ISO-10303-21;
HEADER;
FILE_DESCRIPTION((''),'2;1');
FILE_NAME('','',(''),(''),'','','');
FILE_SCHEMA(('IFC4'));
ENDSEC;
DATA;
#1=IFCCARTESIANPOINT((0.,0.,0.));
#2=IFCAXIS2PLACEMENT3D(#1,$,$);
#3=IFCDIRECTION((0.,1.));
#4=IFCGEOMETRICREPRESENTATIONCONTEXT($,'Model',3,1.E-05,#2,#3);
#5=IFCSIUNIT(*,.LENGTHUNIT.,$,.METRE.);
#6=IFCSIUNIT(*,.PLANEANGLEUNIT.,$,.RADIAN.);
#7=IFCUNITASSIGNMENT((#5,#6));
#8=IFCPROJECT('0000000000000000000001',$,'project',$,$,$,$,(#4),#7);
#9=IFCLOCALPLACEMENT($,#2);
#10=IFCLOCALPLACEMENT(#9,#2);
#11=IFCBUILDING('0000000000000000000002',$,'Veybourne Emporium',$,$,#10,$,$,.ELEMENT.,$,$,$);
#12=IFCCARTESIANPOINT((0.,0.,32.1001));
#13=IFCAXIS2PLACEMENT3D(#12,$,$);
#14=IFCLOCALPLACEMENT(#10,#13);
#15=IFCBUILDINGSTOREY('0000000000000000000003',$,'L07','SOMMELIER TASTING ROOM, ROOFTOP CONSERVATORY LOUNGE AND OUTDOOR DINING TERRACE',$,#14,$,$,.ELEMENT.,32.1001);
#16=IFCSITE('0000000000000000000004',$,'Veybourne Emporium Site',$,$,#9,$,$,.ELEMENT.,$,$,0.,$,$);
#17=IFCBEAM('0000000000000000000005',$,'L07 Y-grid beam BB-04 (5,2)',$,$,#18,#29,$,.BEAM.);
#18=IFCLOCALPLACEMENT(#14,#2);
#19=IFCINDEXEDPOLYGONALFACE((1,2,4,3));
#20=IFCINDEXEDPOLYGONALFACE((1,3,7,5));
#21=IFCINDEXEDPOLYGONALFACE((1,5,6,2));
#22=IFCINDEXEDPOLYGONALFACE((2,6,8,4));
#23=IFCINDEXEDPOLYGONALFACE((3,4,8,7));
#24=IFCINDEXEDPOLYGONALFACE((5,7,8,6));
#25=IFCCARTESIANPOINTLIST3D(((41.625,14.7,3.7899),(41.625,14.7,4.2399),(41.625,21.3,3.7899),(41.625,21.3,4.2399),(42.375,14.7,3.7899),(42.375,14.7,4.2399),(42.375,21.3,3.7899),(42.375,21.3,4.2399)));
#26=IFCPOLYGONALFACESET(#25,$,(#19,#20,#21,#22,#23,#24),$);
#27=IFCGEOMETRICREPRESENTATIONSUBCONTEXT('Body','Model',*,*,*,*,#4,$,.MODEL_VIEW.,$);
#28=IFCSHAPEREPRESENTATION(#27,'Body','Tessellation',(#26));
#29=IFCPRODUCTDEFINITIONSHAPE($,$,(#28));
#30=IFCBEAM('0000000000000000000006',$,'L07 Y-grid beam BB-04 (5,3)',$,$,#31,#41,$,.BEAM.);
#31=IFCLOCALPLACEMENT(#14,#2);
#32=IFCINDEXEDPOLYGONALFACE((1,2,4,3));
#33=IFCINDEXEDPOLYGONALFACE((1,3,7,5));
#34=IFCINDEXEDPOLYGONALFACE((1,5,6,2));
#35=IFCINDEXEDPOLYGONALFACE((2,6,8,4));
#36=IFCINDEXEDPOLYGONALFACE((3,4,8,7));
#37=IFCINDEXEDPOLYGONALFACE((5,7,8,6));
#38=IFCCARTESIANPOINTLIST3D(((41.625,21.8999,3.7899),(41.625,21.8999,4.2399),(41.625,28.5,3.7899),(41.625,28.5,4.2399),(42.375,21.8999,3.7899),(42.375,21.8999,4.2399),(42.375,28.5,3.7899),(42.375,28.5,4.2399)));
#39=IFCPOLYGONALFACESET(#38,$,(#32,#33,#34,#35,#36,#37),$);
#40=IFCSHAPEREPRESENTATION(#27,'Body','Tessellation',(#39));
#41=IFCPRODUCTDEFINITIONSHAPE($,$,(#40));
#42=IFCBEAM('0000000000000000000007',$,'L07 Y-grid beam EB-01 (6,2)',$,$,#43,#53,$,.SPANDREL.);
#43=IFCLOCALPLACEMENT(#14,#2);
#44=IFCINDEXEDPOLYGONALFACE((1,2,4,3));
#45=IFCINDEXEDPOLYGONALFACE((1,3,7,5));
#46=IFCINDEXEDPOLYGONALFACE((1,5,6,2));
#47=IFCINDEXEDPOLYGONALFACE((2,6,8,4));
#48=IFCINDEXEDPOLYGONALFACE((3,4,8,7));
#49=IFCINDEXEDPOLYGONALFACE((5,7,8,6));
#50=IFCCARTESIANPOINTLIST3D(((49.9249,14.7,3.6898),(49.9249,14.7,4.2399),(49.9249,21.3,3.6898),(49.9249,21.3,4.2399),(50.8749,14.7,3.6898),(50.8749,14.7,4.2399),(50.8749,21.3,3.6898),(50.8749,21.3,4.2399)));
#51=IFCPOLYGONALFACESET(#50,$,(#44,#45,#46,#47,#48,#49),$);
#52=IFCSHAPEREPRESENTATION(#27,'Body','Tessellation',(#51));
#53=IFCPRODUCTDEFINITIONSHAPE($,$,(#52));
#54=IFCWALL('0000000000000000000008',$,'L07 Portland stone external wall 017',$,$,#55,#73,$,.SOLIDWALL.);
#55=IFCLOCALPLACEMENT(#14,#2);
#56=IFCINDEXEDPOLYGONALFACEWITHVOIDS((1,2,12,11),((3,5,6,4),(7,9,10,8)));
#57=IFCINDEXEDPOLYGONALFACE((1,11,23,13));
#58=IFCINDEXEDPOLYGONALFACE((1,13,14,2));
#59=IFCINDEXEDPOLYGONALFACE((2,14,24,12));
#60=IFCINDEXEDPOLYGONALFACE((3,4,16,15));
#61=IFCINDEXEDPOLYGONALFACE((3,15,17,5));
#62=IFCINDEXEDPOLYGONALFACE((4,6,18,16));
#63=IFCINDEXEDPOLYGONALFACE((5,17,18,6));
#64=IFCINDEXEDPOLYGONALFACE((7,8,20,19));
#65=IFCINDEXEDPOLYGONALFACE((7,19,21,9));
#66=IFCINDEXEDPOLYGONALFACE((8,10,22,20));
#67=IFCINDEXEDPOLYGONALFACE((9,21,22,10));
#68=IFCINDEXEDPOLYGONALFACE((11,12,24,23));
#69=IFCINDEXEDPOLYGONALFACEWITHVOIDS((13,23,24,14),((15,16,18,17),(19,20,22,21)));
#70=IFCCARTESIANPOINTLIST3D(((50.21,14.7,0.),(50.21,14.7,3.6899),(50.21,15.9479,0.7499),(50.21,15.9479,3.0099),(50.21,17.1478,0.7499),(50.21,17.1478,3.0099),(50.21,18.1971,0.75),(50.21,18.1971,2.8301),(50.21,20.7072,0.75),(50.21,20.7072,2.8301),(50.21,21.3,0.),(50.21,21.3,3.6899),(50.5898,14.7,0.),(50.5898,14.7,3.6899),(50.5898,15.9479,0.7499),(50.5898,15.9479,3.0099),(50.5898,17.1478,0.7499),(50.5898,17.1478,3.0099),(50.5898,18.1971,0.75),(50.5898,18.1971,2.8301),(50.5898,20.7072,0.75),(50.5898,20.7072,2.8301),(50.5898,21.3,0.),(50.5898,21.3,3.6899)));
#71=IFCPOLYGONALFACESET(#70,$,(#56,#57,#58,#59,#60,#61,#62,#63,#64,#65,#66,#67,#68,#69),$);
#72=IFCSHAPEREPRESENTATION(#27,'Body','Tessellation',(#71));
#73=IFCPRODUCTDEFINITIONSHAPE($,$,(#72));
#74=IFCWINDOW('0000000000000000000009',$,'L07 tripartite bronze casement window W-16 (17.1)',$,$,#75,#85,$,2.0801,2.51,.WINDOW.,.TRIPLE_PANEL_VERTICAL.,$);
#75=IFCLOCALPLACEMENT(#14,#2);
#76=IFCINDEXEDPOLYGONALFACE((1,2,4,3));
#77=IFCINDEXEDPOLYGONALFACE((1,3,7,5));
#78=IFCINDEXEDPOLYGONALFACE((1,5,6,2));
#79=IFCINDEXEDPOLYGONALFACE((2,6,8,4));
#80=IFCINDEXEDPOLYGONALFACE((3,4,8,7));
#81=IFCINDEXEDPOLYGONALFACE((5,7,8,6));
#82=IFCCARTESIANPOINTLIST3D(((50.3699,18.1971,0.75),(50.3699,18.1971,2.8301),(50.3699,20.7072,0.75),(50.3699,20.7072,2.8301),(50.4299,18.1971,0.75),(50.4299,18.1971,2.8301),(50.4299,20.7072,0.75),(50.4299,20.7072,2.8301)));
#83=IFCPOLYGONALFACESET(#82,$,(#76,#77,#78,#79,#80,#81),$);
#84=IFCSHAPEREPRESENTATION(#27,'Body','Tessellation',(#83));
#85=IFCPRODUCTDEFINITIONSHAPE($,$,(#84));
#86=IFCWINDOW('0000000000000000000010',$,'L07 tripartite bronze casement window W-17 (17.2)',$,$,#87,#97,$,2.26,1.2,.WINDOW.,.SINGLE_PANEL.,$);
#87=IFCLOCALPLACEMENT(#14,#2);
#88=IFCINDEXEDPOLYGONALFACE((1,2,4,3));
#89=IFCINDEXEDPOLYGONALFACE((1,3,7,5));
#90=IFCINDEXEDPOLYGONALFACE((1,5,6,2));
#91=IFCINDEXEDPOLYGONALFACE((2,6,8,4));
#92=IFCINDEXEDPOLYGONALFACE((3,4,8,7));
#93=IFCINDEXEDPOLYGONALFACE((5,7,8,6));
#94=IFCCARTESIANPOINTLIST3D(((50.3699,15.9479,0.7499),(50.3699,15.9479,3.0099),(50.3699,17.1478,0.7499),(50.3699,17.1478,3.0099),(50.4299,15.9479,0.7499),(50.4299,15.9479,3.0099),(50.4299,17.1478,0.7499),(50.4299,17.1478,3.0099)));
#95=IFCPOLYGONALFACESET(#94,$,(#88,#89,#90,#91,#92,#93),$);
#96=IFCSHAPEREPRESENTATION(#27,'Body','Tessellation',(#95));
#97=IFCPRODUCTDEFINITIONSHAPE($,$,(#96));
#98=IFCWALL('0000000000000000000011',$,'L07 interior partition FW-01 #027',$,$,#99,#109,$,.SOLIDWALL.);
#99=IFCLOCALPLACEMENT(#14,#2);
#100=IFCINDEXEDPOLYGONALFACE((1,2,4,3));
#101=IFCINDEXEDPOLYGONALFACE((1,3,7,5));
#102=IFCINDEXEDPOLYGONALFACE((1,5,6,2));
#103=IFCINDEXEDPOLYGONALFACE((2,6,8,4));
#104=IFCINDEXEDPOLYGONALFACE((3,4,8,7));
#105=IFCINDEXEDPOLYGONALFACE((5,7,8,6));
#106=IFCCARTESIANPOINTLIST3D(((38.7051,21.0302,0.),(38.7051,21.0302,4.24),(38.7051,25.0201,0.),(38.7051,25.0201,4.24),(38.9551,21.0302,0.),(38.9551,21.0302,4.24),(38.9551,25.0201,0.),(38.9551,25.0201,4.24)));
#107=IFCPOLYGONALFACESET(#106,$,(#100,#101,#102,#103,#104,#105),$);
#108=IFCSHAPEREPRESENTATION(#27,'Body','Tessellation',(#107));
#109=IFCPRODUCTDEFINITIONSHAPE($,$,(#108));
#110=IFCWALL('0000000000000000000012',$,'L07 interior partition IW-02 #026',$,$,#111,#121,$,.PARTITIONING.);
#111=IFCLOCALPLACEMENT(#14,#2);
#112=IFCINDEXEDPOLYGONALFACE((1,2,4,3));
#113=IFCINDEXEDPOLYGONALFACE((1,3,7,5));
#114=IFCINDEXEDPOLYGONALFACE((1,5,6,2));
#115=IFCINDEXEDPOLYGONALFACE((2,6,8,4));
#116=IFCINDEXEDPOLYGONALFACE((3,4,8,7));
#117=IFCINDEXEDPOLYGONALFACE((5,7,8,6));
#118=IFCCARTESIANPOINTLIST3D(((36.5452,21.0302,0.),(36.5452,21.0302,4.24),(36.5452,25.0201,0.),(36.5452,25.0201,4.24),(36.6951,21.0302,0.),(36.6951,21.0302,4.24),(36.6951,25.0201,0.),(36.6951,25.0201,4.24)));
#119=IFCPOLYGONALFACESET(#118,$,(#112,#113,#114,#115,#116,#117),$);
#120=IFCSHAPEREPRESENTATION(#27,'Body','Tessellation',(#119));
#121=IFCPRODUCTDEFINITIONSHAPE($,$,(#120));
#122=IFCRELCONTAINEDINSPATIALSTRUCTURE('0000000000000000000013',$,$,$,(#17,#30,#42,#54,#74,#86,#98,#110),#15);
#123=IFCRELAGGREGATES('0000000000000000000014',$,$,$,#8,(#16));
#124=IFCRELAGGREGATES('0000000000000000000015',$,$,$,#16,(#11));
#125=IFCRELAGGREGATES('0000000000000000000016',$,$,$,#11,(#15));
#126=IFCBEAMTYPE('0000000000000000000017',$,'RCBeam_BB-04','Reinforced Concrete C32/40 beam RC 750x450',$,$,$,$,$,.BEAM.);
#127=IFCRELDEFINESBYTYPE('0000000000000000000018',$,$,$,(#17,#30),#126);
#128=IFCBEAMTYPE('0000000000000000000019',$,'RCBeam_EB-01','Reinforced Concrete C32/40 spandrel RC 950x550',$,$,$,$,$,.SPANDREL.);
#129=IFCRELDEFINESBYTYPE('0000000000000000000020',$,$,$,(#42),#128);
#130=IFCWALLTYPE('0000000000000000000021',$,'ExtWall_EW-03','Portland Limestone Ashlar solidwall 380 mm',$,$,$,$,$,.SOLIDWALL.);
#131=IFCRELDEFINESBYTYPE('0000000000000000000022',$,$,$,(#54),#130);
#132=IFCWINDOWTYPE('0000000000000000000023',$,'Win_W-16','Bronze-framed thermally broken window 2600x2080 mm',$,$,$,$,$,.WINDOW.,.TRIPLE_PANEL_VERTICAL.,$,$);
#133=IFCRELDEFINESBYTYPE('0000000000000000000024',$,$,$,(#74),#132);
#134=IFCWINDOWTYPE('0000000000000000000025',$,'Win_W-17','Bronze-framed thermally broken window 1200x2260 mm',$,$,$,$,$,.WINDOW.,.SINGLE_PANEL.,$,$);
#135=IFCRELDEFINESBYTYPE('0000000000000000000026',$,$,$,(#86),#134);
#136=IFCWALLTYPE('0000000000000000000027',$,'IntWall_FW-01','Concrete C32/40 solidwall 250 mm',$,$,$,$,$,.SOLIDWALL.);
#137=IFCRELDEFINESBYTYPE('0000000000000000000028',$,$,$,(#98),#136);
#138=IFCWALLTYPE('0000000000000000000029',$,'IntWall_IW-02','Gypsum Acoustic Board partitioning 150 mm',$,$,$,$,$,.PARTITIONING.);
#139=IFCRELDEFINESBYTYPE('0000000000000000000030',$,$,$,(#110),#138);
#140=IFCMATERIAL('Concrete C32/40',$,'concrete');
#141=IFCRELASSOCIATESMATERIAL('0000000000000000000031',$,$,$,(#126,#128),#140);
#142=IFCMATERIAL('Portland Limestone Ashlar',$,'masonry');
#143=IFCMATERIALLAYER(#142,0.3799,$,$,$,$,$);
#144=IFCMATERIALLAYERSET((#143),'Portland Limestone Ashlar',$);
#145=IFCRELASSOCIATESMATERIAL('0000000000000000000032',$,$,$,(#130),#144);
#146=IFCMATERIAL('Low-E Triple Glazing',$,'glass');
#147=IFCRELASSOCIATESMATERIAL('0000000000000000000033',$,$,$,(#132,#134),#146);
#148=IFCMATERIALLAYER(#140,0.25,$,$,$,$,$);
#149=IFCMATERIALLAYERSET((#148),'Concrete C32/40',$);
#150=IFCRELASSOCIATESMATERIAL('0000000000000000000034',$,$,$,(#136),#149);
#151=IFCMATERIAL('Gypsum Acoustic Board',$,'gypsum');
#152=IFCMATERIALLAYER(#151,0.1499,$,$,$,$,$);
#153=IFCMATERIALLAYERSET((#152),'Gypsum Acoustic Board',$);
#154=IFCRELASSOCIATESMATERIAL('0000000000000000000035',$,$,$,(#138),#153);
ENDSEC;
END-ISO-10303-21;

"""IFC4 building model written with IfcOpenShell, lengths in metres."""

from ifc_helpers import new_model, si_unit, direction, frame, frame_2d, origin, origin_2d, place, context, subcontext, project, spatial, rectangle, extrude, material, layer, layer_set, material_profile, profile_set, type_object, element, fill, save


model = new_model("IFC4")

# Units and contexts
model_context = context("Model", 3, precision=1e-05, world=origin(), true_north=direction((0.0, 1.0)))
body_context = subcontext(model_context, "Body", "Model", "MODEL_VIEW")
ifc_project = project(units=[si_unit("LENGTHUNIT", "METRE"), si_unit("PLANEANGLEUNIT", "RADIAN")], contexts=[model_context])

# Site, building, storey
site_placement = place(None, origin())
site = spatial("IfcSite", under=ifc_project, at=site_placement, Name="Veybourne Emporium Site", CompositionType="ELEMENT", RefElevation=0.0)
building_placement = place(site_placement, origin())
building = spatial("IfcBuilding", under=site, at=building_placement, Name="Veybourne Emporium", CompositionType="ELEMENT")
storey_placement = place(building_placement, frame((0.0, 0.0, 32.1001)))
storey = spatial("IfcBuildingStorey", under=building, at=storey_placement, Name="L07", Description="SOMMELIER TASTING ROOM, ROOFTOP CONSERVATORY LOUNGE AND OUTDOOR DINING TERRACE", CompositionType="ELEMENT", Elevation=32.1001)

# Beams
ifc_material_1 = material(Name="Concrete C32/40", Category="concrete")
ifc_material_profile_1 = material_profile(ifc_material_1, rectangle(XDim=0.75, YDim=0.45, at=origin_2d()), Name="RC 750x450")
ifc_profile_set_1 = profile_set([ifc_material_profile_1], Name="Concrete C32/40")
beam_type_1 = type_object("IfcBeamType", Name="RCBeam_BB-04", Description="Reinforced Concrete C32/40 beam RC 750x450", PredefinedType="BEAM", material=ifc_profile_set_1)
for number, where, z_axis, x_axis, name in (
    (1, (42.0, 14.7, 4.0149), (0.0, 1.0, 0.0), (-1.0, 0.0, 0.0), "L07 Y-grid beam BB-04 (5,2)"),
    (2, (42.0, 21.8999, 4.0149), (0.0, 1.0, 0.0), (-1.0, 0.0, 0.0), "L07 Y-grid beam BB-04 (5,3)"),
):
    element("IfcBeam", number, at=place(storey_placement, frame(where, z_axis=z_axis, x_axis=x_axis)), inside=storey, type_object=beam_type_1, Name=name, PredefinedType="BEAM", context=body_context, shape_type="SweptSolid", body=[
        extrude(rectangle(XDim=0.75, YDim=0.45, at=origin_2d()), origin(), (0.0, 0.0, 1.0), 6.6001),
    ])
ifc_material_profile_2 = material_profile(ifc_material_1, rectangle(XDim=0.95, YDim=0.55, at=origin_2d()), Name="RC 950x550")
ifc_profile_set_2 = profile_set([ifc_material_profile_2], Name="Concrete C32/40")
beam_type_2 = type_object("IfcBeamType", Name="RCBeam_EB-01", Description="Reinforced Concrete C32/40 spandrel RC 950x550", PredefinedType="SPANDREL", material=ifc_profile_set_2)
beam_1_placement = place(storey_placement, frame((50.3999, 14.7, 3.9648), z_axis=(0.0, 1.0, 0.0), x_axis=(-1.0, 0.0, 0.0)))
element("IfcBeam", 3, at=beam_1_placement, inside=storey, type_object=beam_type_2, Name="L07 Y-grid beam EB-01 (6,2)", PredefinedType="SPANDREL", context=body_context, shape_type="SweptSolid", body=[
    extrude(rectangle(XDim=0.95, YDim=0.55, at=origin_2d()), origin(), (0.0, 0.0, 1.0), 6.6001),
])

# Wall, openings, windows
ifc_material_2 = material(Name="Portland Limestone Ashlar", Category="masonry")
ifc_layer_1 = layer(ifc_material_2, 0.3799)
ifc_layer_set_1 = layer_set([ifc_layer_1], Name="Portland Limestone Ashlar")
wall_type_1 = type_object("IfcWallType", Name="ExtWall_EW-03", Description="Portland Limestone Ashlar solidwall 380 mm", PredefinedType="SOLIDWALL", material=ifc_layer_set_1)
wall_1_placement = place(storey_placement, frame((50.3999, 21.3, 0.0), z_axis=(0.0, 0.0, 1.0), x_axis=(0.0, -1.0, 0.0)))
wall_1 = element("IfcWall", 4, at=wall_1_placement, inside=storey, type_object=wall_type_1, Name="L07 Portland stone external wall 017", PredefinedType="SOLIDWALL", context=body_context, shape_type="SweptSolid", body=[
    extrude(rectangle(XDim=6.6001, YDim=0.3799, at=frame_2d((3.3, 0.0))), origin(), (0.0, 0.0, 1.0), 3.6899),
])
opening_1_placement = place(wall_1_placement, frame((0.593, 0.0, 0.75)))
opening_1 = element("IfcOpeningElement", 5, at=opening_1_placement, cuts=wall_1, PredefinedType="OPENING", context=body_context, shape_type="SweptSolid", body=[
    extrude(rectangle(XDim=2.51, YDim=2.0801, at=frame_2d((1.2549, 1.04))), frame((0.0, 0.21, 0.0), z_axis=(0.0, -1.0, 0.0), x_axis=(1.0, 0.0, 0.0)), (0.0, 0.0, 1.0), 0.4199),
])
opening_2_placement = place(wall_1_placement, frame((4.1521, 0.0, 0.75)))
opening_2 = element("IfcOpeningElement", 6, at=opening_2_placement, cuts=wall_1, PredefinedType="OPENING", context=body_context, shape_type="SweptSolid", body=[
    extrude(rectangle(XDim=1.2, YDim=2.26, at=frame_2d((0.6001, 1.1299))), frame((0.0, 0.21, 0.0), z_axis=(0.0, -1.0, 0.0), x_axis=(1.0, 0.0, 0.0)), (0.0, 0.0, 1.0), 0.4199),
])
ifc_material_3 = material(Name="Low-E Triple Glazing", Category="glass")
window_type_1 = type_object("IfcWindowType", Name="Win_W-16", Description="Bronze-framed thermally broken window 2600x2080 mm", PartitioningType="TRIPLE_PANEL_VERTICAL", PredefinedType="WINDOW", material=ifc_material_3)
window_1_placement = place(opening_1_placement, origin())
window_1 = element("IfcWindow", 7, at=window_1_placement, inside=storey, type_object=window_type_1, Name="L07 tripartite bronze casement window W-16 (17.1)", OverallHeight=2.0801, OverallWidth=2.51, PartitioningType="TRIPLE_PANEL_VERTICAL", PredefinedType="WINDOW", context=body_context, shape_type="SweptSolid", body=[
    extrude(rectangle(XDim=2.51, YDim=2.0801, at=frame_2d((1.2549, 1.04))), frame((0.0, 0.03, 0.0), z_axis=(0.0, -1.0, 0.0), x_axis=(1.0, 0.0, 0.0)), (0.0, 0.0, 1.0), 0.0601),
])
fill(opening_1, window_1)
window_type_2 = type_object("IfcWindowType", Name="Win_W-17", Description="Bronze-framed thermally broken window 1200x2260 mm", PartitioningType="SINGLE_PANEL", PredefinedType="WINDOW", material=ifc_material_3)
window_2_placement = place(opening_2_placement, origin())
window_2 = element("IfcWindow", 8, at=window_2_placement, inside=storey, type_object=window_type_2, Name="L07 tripartite bronze casement window W-17 (17.2)", OverallHeight=2.26, OverallWidth=1.2, PartitioningType="SINGLE_PANEL", PredefinedType="WINDOW", context=body_context, shape_type="SweptSolid", body=[
    extrude(rectangle(XDim=1.2, YDim=2.26, at=frame_2d((0.6001, 1.1299))), frame((0.0, 0.03, 0.0), z_axis=(0.0, -1.0, 0.0), x_axis=(1.0, 0.0, 0.0)), (0.0, 0.0, 1.0), 0.0601),
])
fill(opening_2, window_2)

# Wall
ifc_layer_2 = layer(ifc_material_1, 0.25)
ifc_layer_set_2 = layer_set([ifc_layer_2], Name="Concrete C32/40")
wall_type_2 = type_object("IfcWallType", Name="IntWall_FW-01", Description="Concrete C32/40 solidwall 250 mm", PredefinedType="SOLIDWALL", material=ifc_layer_set_2)
wall_2_placement = place(storey_placement, frame((38.8301, 21.03, 0.0), z_axis=(0.0, 0.0, 1.0), x_axis=(0.0, 1.0, 0.0)))
element("IfcWall", 9, at=wall_2_placement, inside=storey, type_object=wall_type_2, Name="L07 interior partition FW-01 #027", PredefinedType="SOLIDWALL", context=body_context, shape_type="SweptSolid", body=[
    extrude(rectangle(XDim=3.99, YDim=0.25, at=frame_2d((1.9951, 0.0))), origin(), (0.0, 0.0, 1.0), 4.24),
])

# Wall
ifc_material_4 = material(Name="Gypsum Acoustic Board", Category="gypsum")
ifc_layer_3 = layer(ifc_material_4, 0.1499)
ifc_layer_set_3 = layer_set([ifc_layer_3], Name="Gypsum Acoustic Board")
wall_type_3 = type_object("IfcWallType", Name="IntWall_IW-02", Description="Gypsum Acoustic Board partitioning 150 mm", PredefinedType="PARTITIONING", material=ifc_layer_set_3)
wall_3_placement = place(storey_placement, frame((36.6201, 21.03, 0.0), z_axis=(0.0, 0.0, 1.0), x_axis=(0.0, 1.0, 0.0)))
element("IfcWall", 10, at=wall_3_placement, inside=storey, type_object=wall_type_3, Name="L07 interior partition IW-02 #026", PredefinedType="PARTITIONING", context=body_context, shape_type="SweptSolid", body=[
    extrude(rectangle(XDim=3.99, YDim=0.1499, at=frame_2d((1.9951, 0.0))), origin(), (0.0, 0.0, 1.0), 4.24),
])

save(model, "model.ifc")
